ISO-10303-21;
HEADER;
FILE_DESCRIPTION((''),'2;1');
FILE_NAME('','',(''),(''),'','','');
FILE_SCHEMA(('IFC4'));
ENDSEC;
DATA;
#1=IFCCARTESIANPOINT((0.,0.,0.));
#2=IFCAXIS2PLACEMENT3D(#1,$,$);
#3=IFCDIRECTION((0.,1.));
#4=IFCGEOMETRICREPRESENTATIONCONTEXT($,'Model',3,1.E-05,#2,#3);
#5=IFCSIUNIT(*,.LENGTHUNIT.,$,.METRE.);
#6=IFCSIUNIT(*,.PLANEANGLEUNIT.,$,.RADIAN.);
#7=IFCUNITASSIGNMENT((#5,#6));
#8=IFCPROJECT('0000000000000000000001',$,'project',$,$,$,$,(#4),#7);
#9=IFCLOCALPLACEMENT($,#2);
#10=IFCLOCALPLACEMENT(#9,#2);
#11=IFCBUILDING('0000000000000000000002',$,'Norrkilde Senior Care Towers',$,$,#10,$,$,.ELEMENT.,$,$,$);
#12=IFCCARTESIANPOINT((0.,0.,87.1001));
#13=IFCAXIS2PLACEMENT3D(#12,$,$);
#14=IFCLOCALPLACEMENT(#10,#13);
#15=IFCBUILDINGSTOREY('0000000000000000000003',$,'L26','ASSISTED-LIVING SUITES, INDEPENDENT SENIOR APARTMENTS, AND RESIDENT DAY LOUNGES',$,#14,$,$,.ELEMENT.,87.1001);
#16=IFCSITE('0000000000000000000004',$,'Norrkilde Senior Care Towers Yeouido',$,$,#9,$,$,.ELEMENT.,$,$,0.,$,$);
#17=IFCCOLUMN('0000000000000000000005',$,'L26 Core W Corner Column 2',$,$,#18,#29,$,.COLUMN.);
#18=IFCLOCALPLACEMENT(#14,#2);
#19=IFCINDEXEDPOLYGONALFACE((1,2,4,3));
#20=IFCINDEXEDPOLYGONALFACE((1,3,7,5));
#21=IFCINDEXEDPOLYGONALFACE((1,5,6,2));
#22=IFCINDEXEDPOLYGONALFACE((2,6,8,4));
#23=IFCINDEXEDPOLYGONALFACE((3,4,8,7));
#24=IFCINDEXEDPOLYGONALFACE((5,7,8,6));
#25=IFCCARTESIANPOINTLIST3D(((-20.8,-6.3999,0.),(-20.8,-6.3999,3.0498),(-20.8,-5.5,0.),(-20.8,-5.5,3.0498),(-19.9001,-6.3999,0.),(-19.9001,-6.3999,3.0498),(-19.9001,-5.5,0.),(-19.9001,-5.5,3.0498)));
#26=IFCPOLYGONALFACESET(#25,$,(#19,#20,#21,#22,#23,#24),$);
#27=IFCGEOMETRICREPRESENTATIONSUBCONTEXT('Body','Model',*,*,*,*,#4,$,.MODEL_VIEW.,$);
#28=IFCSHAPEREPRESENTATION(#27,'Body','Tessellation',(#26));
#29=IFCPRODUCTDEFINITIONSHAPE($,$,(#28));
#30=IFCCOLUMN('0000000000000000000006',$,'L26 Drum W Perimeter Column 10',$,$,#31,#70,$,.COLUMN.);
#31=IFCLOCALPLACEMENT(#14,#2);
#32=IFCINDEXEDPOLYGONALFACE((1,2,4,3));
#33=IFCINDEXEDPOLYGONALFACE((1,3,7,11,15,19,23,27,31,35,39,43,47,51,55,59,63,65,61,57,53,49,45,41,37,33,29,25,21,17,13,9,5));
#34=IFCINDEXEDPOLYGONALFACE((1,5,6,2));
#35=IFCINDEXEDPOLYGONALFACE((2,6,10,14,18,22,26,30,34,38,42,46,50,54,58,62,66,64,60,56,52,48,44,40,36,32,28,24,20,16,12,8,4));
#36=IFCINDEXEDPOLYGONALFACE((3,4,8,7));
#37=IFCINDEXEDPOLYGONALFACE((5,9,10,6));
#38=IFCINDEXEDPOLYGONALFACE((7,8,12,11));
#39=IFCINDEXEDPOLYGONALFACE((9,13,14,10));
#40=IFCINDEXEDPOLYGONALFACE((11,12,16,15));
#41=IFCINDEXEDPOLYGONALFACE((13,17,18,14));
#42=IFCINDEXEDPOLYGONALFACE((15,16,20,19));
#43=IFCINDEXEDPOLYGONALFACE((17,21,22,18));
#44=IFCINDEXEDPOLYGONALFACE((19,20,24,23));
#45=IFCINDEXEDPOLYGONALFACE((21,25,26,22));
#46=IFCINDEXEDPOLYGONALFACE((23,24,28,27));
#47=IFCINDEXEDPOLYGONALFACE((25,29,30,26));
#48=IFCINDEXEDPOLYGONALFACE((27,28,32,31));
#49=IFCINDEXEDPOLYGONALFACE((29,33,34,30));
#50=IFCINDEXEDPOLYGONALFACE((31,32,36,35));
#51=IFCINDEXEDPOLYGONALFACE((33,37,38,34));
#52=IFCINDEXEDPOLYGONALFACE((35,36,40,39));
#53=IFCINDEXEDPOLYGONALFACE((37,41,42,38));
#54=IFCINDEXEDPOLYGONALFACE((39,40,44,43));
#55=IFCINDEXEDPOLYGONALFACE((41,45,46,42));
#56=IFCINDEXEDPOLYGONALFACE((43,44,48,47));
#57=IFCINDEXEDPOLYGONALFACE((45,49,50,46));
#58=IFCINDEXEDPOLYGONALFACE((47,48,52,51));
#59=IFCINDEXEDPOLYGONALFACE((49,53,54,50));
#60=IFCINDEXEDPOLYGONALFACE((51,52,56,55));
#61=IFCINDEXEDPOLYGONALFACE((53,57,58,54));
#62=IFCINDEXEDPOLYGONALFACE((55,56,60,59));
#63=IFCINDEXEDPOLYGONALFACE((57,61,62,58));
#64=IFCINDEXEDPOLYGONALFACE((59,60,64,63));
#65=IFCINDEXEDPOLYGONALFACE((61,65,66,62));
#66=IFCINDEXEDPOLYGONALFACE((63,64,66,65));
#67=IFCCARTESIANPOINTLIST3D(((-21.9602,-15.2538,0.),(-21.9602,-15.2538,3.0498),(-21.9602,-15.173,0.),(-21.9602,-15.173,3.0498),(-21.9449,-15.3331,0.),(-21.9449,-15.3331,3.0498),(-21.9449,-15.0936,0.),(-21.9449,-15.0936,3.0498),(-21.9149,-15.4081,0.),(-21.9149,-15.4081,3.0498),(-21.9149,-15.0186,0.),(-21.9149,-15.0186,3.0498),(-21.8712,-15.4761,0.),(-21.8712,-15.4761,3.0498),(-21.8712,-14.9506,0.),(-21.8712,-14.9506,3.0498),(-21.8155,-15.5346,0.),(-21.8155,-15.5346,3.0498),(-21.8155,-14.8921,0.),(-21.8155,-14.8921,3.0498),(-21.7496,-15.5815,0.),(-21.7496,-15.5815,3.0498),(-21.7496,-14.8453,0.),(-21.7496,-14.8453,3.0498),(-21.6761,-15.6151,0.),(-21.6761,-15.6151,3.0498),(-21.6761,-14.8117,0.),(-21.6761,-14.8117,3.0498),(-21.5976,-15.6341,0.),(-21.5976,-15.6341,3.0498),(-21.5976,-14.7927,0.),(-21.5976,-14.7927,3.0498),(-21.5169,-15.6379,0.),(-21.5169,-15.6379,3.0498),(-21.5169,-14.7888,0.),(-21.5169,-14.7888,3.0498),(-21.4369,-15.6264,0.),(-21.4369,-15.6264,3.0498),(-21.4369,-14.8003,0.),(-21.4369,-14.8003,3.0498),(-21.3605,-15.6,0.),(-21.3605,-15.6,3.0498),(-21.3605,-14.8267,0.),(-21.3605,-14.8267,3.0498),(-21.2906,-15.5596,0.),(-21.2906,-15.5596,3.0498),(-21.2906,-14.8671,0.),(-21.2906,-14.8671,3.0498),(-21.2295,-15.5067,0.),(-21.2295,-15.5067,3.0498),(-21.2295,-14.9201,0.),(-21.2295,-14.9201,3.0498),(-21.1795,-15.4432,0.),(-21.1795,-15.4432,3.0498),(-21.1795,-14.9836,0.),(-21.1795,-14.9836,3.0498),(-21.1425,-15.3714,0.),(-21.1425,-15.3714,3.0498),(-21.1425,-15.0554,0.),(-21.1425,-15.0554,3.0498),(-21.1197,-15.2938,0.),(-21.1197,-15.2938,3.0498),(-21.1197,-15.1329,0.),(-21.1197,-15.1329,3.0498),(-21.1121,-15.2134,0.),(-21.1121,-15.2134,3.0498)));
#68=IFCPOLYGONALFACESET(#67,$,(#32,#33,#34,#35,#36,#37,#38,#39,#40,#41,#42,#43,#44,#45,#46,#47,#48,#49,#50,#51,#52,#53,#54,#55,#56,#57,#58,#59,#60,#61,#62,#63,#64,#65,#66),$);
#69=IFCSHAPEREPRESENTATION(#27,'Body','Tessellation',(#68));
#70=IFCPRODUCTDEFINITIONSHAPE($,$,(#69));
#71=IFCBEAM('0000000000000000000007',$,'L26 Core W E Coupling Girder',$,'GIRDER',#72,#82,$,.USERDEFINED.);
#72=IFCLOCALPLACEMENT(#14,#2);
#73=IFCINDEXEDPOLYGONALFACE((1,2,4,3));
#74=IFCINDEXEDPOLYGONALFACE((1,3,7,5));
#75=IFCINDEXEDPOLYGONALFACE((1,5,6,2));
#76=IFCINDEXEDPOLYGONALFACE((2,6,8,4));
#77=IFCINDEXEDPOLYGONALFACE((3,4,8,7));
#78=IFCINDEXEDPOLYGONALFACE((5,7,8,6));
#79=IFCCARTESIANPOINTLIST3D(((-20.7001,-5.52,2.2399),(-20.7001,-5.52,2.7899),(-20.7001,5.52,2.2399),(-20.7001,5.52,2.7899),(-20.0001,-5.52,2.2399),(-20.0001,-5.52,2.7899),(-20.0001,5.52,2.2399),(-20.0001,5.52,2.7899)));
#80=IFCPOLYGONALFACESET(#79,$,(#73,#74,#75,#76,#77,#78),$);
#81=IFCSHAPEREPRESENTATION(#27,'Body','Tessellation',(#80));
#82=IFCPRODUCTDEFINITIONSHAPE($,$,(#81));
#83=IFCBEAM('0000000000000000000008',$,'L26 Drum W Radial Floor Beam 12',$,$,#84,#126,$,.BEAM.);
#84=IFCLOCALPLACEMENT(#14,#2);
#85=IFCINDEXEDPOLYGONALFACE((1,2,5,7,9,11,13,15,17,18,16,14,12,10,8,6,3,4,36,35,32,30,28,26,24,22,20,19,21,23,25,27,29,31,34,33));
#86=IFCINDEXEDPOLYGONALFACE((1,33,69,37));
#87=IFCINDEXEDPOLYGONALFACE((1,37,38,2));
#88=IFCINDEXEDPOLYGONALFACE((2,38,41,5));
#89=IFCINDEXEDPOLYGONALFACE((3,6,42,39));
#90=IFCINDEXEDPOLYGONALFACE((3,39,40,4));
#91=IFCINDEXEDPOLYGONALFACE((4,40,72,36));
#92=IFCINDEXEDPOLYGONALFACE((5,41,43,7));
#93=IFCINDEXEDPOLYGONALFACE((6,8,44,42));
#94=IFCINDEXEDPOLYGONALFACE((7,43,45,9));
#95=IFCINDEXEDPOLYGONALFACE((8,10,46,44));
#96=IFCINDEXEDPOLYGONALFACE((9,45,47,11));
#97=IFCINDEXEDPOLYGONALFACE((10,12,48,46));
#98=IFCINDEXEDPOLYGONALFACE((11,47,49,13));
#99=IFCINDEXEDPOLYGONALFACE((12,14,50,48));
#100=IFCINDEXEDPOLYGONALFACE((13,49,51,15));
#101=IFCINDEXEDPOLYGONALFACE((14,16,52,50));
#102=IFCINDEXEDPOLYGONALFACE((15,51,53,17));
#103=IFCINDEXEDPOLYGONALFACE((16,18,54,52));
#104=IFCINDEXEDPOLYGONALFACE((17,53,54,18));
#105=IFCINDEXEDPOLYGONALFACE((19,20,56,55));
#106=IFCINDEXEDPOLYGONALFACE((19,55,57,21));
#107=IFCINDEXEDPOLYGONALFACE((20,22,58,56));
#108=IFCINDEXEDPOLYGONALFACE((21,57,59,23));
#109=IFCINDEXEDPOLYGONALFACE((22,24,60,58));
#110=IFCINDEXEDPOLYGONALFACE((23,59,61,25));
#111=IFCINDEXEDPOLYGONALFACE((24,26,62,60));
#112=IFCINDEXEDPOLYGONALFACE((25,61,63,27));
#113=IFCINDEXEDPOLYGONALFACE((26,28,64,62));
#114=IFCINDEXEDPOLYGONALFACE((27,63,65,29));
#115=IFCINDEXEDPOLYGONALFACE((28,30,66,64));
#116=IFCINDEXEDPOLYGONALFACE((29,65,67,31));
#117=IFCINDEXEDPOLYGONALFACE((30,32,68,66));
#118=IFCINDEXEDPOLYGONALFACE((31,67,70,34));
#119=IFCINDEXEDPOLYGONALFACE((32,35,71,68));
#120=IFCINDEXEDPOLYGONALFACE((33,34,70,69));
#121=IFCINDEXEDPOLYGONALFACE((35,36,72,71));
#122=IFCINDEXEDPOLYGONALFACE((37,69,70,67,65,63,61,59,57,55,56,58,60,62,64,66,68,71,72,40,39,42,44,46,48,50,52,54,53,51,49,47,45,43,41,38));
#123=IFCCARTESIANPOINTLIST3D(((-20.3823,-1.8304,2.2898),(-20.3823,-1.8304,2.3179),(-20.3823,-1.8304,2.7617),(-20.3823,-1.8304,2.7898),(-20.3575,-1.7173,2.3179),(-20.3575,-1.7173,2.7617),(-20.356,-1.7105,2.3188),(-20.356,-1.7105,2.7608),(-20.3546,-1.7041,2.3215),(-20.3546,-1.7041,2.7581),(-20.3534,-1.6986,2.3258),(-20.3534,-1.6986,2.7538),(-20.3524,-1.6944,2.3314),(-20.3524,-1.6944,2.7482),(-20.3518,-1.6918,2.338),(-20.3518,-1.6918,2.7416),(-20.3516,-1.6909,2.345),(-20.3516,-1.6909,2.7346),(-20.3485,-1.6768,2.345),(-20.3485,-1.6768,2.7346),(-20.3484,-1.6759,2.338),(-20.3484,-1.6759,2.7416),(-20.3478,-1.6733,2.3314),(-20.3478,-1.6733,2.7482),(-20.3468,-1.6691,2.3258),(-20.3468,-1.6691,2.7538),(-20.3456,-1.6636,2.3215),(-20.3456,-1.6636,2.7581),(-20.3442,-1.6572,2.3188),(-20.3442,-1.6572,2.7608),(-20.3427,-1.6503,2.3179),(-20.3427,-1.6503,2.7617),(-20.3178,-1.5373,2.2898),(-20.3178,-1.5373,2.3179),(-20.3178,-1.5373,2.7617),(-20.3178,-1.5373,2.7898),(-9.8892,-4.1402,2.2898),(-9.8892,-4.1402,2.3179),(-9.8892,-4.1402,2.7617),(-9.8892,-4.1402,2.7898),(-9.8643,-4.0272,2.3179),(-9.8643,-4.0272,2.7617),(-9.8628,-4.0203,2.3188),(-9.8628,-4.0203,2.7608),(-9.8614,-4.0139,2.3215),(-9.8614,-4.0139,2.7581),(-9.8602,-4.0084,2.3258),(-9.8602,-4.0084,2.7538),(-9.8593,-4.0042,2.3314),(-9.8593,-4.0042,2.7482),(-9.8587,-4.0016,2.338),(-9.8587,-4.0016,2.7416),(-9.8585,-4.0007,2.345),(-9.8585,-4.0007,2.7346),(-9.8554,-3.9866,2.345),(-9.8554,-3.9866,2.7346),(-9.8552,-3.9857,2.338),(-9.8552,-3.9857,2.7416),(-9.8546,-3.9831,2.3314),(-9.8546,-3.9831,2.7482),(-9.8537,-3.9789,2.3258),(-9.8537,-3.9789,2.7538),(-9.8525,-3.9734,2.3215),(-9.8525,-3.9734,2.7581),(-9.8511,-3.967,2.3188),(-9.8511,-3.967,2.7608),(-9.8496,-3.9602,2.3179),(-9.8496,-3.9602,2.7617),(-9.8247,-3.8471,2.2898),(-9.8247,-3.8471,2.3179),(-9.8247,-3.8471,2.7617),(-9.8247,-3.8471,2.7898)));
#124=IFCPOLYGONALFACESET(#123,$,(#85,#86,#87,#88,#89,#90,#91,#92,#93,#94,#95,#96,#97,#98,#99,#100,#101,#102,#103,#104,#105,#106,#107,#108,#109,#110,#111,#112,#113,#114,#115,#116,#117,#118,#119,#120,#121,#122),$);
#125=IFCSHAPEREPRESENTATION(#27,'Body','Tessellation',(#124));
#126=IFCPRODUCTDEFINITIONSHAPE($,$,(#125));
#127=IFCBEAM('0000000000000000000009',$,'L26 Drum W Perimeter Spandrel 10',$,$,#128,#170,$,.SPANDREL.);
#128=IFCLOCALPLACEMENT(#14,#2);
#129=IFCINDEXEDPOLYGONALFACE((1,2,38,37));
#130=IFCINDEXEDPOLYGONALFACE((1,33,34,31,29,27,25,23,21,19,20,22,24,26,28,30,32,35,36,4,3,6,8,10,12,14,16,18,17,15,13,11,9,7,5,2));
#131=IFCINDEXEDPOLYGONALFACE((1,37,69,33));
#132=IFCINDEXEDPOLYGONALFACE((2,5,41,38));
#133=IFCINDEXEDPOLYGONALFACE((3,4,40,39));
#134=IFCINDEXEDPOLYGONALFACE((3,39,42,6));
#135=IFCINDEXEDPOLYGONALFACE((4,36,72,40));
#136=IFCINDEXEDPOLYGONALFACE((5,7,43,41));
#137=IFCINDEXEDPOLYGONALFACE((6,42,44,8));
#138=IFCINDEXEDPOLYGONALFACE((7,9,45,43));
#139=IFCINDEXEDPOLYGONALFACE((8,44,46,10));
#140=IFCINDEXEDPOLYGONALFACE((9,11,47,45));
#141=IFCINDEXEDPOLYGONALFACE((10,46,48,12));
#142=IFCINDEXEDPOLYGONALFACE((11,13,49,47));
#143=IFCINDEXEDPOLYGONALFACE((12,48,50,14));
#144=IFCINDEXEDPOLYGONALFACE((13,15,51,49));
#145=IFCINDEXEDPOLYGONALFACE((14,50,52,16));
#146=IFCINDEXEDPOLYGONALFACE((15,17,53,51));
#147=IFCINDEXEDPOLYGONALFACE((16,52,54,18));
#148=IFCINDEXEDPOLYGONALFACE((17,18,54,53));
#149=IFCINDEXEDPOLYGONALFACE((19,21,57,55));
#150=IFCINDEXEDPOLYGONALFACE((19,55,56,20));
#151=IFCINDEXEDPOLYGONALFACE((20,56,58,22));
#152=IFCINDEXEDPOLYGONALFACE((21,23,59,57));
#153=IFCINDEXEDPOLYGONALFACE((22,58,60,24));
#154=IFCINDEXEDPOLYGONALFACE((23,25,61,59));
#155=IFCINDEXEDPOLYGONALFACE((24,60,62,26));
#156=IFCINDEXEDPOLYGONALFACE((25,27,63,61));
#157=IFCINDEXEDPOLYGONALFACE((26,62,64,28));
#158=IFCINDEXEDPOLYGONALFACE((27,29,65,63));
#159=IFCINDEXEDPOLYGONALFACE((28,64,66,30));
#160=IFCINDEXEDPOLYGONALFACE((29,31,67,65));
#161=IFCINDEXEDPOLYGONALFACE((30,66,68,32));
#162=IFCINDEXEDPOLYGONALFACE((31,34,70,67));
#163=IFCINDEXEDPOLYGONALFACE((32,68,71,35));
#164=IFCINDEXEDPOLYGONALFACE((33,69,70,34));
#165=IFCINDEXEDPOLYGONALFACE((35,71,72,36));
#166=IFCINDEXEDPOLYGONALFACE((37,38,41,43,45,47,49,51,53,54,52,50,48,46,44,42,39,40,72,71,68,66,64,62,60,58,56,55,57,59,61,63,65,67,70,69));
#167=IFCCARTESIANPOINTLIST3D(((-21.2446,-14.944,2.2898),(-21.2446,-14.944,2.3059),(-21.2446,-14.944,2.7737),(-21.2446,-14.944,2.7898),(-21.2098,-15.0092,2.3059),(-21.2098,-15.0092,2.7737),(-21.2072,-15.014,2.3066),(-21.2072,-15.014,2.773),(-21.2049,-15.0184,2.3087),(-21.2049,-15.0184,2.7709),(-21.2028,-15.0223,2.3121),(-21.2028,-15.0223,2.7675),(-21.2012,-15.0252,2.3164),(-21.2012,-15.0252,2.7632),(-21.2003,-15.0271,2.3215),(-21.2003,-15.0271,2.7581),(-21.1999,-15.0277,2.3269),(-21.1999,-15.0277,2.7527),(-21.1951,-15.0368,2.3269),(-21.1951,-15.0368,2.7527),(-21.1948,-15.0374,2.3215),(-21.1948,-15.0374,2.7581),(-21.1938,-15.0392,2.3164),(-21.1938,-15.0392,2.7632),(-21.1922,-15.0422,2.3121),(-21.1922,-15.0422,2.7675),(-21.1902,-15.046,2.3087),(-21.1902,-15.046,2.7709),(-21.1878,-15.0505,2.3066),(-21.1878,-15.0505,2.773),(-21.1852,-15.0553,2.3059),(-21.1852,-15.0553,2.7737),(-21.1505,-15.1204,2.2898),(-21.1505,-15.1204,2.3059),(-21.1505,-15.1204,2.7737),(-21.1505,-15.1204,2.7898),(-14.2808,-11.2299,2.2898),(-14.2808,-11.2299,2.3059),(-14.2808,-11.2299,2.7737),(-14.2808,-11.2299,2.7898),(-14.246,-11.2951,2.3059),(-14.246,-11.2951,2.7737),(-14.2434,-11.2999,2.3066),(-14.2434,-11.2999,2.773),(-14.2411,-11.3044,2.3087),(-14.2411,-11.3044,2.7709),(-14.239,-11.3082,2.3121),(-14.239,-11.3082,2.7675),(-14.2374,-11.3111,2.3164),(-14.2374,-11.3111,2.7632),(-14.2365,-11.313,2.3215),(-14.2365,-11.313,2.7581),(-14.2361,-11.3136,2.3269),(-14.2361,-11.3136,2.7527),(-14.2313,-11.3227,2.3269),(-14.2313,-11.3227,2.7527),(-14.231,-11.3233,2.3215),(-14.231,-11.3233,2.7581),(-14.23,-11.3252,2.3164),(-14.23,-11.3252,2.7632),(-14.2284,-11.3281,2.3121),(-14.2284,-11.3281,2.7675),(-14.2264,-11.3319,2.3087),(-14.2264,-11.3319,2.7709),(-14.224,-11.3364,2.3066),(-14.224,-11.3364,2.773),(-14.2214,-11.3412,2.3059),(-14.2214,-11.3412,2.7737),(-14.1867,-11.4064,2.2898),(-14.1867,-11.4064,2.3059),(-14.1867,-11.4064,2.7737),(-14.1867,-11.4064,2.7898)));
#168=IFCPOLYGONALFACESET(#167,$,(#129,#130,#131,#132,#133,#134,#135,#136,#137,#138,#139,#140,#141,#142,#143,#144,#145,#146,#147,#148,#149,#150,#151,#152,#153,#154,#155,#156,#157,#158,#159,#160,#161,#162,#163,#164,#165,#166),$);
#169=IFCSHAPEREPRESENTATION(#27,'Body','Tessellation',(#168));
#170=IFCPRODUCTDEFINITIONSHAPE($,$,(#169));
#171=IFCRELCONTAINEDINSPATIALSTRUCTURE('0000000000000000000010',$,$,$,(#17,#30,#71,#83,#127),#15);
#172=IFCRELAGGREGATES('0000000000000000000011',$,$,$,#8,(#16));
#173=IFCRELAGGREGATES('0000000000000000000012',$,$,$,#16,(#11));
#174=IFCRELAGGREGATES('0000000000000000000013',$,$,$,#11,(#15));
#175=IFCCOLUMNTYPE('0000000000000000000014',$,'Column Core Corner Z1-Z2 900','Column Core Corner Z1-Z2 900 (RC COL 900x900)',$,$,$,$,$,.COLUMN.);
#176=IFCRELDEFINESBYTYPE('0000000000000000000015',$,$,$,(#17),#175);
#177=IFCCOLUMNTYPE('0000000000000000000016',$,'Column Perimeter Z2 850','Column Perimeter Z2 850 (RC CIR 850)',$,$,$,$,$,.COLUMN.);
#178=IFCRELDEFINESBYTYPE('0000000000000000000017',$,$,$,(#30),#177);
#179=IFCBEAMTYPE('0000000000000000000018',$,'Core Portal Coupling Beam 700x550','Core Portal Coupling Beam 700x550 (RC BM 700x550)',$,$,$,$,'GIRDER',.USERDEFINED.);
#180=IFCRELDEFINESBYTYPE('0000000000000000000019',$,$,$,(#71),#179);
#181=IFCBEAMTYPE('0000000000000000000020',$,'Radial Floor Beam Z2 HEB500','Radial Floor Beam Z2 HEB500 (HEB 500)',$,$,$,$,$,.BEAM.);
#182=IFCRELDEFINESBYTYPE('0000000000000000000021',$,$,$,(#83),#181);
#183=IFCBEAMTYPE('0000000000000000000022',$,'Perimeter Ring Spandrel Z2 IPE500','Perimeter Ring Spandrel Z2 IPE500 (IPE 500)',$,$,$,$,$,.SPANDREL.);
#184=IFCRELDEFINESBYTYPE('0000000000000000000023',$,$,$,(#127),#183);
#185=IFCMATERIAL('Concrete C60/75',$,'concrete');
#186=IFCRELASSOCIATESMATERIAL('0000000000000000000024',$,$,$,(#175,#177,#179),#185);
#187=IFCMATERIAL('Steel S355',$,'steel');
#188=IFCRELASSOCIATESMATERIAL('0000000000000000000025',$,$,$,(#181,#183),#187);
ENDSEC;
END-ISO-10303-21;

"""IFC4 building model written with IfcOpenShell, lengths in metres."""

from ifc_helpers import new_model, si_unit, direction, frame, origin, origin_2d, place, context, subcontext, project, spatial, rectangle, circle, i_section, extrude, source, transform, mapped, material, material_profile, profile_set, type_object, type_shapes, element, save


model = new_model("IFC4")

# Units and contexts
model_context = context("Model", 3, precision=1e-05, world=origin(), true_north=direction((0.0, 1.0)))
body_context = subcontext(model_context, "Body", "Model", "MODEL_VIEW")
ifc_project = project(units=[si_unit("LENGTHUNIT", "METRE"), si_unit("PLANEANGLEUNIT", "RADIAN")], contexts=[model_context])

# Site, building, storey
site_placement = place(None, origin())
site = spatial("IfcSite", under=ifc_project, at=site_placement, Name="Norrkilde Senior Care Towers Yeouido", CompositionType="ELEMENT", RefElevation=0.0)
building_placement = place(site_placement, origin())
building = spatial("IfcBuilding", under=site, at=building_placement, Name="Norrkilde Senior Care Towers", CompositionType="ELEMENT")
storey_placement = place(building_placement, frame((0.0, 0.0, 87.1001)))
storey = spatial("IfcBuildingStorey", under=building, at=storey_placement, Name="L26", Description="ASSISTED-LIVING SUITES, INDEPENDENT SENIOR APARTMENTS, AND RESIDENT DAY LOUNGES", CompositionType="ELEMENT", Elevation=87.1001)

# Columns
ifc_material_1 = material(Name="Concrete C60/75", Category="concrete")
ifc_material_profile_1 = material_profile(ifc_material_1, rectangle(XDim=0.8999, YDim=0.8999, at=origin_2d()), Name="RC COL 900x900")
ifc_profile_set_1 = profile_set([ifc_material_profile_1], Name="Concrete C60/75")
column_type_1 = type_object("IfcColumnType", Name="Column Core Corner Z1-Z2 900", Description="Column Core Corner Z1-Z2 900 (RC COL 900x900)", PredefinedType="COLUMN", material=ifc_profile_set_1)
shared_shape_1 = source(origin(), body_context, "Body", "SweptSolid", [
    extrude(rectangle(XDim=0.8999, YDim=0.8999, at=origin_2d()), origin(), (0.0, 0.0, 1.0), 3.0498),
])
type_shapes(column_type_1, [shared_shape_1])
column_1_placement = place(storey_placement, frame((-20.3501, -5.95, 0.0), z_axis=(0.0, 0.0, 1.0), x_axis=(1.0, 0.0, 0.0)))
element("IfcColumn", 1, at=column_1_placement, inside=storey, type_object=column_type_1, Name="L26 Core W Corner Column 2", PredefinedType="COLUMN", context=body_context, shape_type="MappedRepresentation", body=[
    mapped(shared_shape_1, transform((0.0, 0.0, 0.0), x_axis=(1.0, 0.0, 0.0), y_axis=(0.0, 1.0, 0.0), z_axis=(0.0, 0.0, 1.0), scale=1.0)),
])
ifc_material_profile_2 = material_profile(ifc_material_1, circle(Radius=0.425, at=origin_2d()), Name="RC CIR 850")
ifc_profile_set_2 = profile_set([ifc_material_profile_2], Name="Concrete C60/75")
column_type_2 = type_object("IfcColumnType", Name="Column Perimeter Z2 850", Description="Column Perimeter Z2 850 (RC CIR 850)", PredefinedType="COLUMN", material=ifc_profile_set_2)
shared_shape_2 = source(origin(), body_context, "Body", "SweptSolid", [
    extrude(circle(Radius=0.425, at=origin_2d()), origin(), (0.0, 0.0, 1.0), 3.0498),
])
type_shapes(column_type_2, [shared_shape_2])
column_2_placement = place(storey_placement, frame((-21.5371, -15.2134, 0.0), z_axis=(0.0, 0.0, 1.0), x_axis=(1.0, 0.0, 0.0)))
element("IfcColumn", 2, at=column_2_placement, inside=storey, type_object=column_type_2, Name="L26 Drum W Perimeter Column 10", PredefinedType="COLUMN", context=body_context, shape_type="MappedRepresentation", body=[
    mapped(shared_shape_2, transform((0.0, 0.0, 0.0), x_axis=(1.0, 0.0, 0.0), y_axis=(0.0, 1.0, 0.0), z_axis=(0.0, 0.0, 1.0), scale=1.0)),
])

# Beams
ifc_material_profile_3 = material_profile(ifc_material_1, rectangle(XDim=0.7, YDim=0.55, at=origin_2d()), Name="RC BM 700x550")
ifc_profile_set_3 = profile_set([ifc_material_profile_3], Name="Concrete C60/75")
beam_type_1 = type_object("IfcBeamType", Name="Core Portal Coupling Beam 700x550", Description="Core Portal Coupling Beam 700x550 (RC BM 700x550)", ElementType="GIRDER", PredefinedType="USERDEFINED", material=ifc_profile_set_3)
shared_shape_3 = source(origin(), body_context, "Body", "SweptSolid", [
    extrude(rectangle(XDim=0.7, YDim=0.55, at=origin_2d()), origin(), (0.0, 0.0, 1.0), 11.04),
])
type_shapes(beam_type_1, [shared_shape_3])
beam_1_placement = place(storey_placement, frame((-20.3501, -5.52, 2.5149), z_axis=(0.0, 1.0, 0.0), x_axis=(-1.0, 0.0, 0.0)))
element("IfcBeam", 3, at=beam_1_placement, inside=storey, type_object=beam_type_1, Name="L26 Core W E Coupling Girder", ObjectType="GIRDER", PredefinedType="USERDEFINED", context=body_context, shape_type="MappedRepresentation", body=[
    mapped(shared_shape_3, transform((0.0, 0.0, 0.0), x_axis=(1.0, 0.0, 0.0), y_axis=(0.0, 1.0, 0.0), z_axis=(0.0, 0.0, 1.0), scale=1.0)),
])
ifc_material_2 = material(Name="Steel S355", Category="steel")
ifc_material_profile_4 = material_profile(ifc_material_2, i_section(OverallWidth=0.3, OverallDepth=0.5, WebThickness=0.0144, FlangeThickness=0.0281, FilletRadius=0.0271, at=origin_2d()), Name="HEB 500")
ifc_profile_set_4 = profile_set([ifc_material_profile_4], Name="Steel S355")
beam_type_2 = type_object("IfcBeamType", Name="Radial Floor Beam Z2 HEB500", Description="Radial Floor Beam Z2 HEB500 (HEB 500)", PredefinedType="BEAM", material=ifc_profile_set_4)
shared_shape_4 = source(origin(), body_context, "Body", "SweptSolid", [
    extrude(i_section(OverallWidth=0.3, OverallDepth=0.5, WebThickness=0.0144, FlangeThickness=0.0281, FilletRadius=0.0271, at=origin_2d()), origin(), (0.0, 0.0, 1.0), 10.7444),
])
beam_2_placement = place(storey_placement, frame((-20.3501, -1.6838, 2.5398), z_axis=(0.976619, -0.214979, 0.0), x_axis=(0.214979, 0.976619, 0.0)))
element("IfcBeam", 4, at=beam_2_placement, inside=storey, type_object=beam_type_2, Name="L26 Drum W Radial Floor Beam 12", PredefinedType="BEAM", context=body_context, shape_type="MappedRepresentation", body=[
    mapped(shared_shape_4, transform((0.0, 0.0, 0.0), x_axis=(1.0, 0.0, 0.0), y_axis=(0.0, 1.0, 0.0), z_axis=(0.0, 0.0, 1.0), scale=1.0)),
])
ifc_material_profile_5 = material_profile(ifc_material_2, i_section(OverallWidth=0.2, OverallDepth=0.5, WebThickness=0.0103, FlangeThickness=0.0161, FilletRadius=0.021, at=origin_2d()), Name="IPE 500")
ifc_profile_set_5 = profile_set([ifc_material_profile_5], Name="Steel S355")
beam_type_3 = type_object("IfcBeamType", Name="Perimeter Ring Spandrel Z2 IPE500", Description="Perimeter Ring Spandrel Z2 IPE500 (IPE 500)", PredefinedType="SPANDREL", material=ifc_profile_set_5)
shared_shape_5 = source(origin(), body_context, "Body", "SweptSolid", [
    extrude(i_section(OverallWidth=0.2, OverallDepth=0.5, WebThickness=0.0103, FlangeThickness=0.0161, FilletRadius=0.021, at=origin_2d()), origin(), (0.0, 0.0, 1.0), 7.8923),
])
type_shapes(beam_type_3, [shared_shape_5])
beam_3_placement = place(storey_placement, frame((-21.1975, -15.0322, 2.5398), z_axis=(0.88235, 0.470593, 0.0), x_axis=(-0.470593, 0.88235, 0.0)))
element("IfcBeam", 5, at=beam_3_placement, inside=storey, type_object=beam_type_3, Name="L26 Drum W Perimeter Spandrel 10", PredefinedType="SPANDREL", context=body_context, shape_type="MappedRepresentation", body=[
    mapped(shared_shape_5, transform((0.0, 0.0, 0.0), x_axis=(1.0, 0.0, 0.0), y_axis=(0.0, 1.0, 0.0), z_axis=(0.0, 0.0, 1.0), scale=1.0)),
])

save(model, "model.ifc")
